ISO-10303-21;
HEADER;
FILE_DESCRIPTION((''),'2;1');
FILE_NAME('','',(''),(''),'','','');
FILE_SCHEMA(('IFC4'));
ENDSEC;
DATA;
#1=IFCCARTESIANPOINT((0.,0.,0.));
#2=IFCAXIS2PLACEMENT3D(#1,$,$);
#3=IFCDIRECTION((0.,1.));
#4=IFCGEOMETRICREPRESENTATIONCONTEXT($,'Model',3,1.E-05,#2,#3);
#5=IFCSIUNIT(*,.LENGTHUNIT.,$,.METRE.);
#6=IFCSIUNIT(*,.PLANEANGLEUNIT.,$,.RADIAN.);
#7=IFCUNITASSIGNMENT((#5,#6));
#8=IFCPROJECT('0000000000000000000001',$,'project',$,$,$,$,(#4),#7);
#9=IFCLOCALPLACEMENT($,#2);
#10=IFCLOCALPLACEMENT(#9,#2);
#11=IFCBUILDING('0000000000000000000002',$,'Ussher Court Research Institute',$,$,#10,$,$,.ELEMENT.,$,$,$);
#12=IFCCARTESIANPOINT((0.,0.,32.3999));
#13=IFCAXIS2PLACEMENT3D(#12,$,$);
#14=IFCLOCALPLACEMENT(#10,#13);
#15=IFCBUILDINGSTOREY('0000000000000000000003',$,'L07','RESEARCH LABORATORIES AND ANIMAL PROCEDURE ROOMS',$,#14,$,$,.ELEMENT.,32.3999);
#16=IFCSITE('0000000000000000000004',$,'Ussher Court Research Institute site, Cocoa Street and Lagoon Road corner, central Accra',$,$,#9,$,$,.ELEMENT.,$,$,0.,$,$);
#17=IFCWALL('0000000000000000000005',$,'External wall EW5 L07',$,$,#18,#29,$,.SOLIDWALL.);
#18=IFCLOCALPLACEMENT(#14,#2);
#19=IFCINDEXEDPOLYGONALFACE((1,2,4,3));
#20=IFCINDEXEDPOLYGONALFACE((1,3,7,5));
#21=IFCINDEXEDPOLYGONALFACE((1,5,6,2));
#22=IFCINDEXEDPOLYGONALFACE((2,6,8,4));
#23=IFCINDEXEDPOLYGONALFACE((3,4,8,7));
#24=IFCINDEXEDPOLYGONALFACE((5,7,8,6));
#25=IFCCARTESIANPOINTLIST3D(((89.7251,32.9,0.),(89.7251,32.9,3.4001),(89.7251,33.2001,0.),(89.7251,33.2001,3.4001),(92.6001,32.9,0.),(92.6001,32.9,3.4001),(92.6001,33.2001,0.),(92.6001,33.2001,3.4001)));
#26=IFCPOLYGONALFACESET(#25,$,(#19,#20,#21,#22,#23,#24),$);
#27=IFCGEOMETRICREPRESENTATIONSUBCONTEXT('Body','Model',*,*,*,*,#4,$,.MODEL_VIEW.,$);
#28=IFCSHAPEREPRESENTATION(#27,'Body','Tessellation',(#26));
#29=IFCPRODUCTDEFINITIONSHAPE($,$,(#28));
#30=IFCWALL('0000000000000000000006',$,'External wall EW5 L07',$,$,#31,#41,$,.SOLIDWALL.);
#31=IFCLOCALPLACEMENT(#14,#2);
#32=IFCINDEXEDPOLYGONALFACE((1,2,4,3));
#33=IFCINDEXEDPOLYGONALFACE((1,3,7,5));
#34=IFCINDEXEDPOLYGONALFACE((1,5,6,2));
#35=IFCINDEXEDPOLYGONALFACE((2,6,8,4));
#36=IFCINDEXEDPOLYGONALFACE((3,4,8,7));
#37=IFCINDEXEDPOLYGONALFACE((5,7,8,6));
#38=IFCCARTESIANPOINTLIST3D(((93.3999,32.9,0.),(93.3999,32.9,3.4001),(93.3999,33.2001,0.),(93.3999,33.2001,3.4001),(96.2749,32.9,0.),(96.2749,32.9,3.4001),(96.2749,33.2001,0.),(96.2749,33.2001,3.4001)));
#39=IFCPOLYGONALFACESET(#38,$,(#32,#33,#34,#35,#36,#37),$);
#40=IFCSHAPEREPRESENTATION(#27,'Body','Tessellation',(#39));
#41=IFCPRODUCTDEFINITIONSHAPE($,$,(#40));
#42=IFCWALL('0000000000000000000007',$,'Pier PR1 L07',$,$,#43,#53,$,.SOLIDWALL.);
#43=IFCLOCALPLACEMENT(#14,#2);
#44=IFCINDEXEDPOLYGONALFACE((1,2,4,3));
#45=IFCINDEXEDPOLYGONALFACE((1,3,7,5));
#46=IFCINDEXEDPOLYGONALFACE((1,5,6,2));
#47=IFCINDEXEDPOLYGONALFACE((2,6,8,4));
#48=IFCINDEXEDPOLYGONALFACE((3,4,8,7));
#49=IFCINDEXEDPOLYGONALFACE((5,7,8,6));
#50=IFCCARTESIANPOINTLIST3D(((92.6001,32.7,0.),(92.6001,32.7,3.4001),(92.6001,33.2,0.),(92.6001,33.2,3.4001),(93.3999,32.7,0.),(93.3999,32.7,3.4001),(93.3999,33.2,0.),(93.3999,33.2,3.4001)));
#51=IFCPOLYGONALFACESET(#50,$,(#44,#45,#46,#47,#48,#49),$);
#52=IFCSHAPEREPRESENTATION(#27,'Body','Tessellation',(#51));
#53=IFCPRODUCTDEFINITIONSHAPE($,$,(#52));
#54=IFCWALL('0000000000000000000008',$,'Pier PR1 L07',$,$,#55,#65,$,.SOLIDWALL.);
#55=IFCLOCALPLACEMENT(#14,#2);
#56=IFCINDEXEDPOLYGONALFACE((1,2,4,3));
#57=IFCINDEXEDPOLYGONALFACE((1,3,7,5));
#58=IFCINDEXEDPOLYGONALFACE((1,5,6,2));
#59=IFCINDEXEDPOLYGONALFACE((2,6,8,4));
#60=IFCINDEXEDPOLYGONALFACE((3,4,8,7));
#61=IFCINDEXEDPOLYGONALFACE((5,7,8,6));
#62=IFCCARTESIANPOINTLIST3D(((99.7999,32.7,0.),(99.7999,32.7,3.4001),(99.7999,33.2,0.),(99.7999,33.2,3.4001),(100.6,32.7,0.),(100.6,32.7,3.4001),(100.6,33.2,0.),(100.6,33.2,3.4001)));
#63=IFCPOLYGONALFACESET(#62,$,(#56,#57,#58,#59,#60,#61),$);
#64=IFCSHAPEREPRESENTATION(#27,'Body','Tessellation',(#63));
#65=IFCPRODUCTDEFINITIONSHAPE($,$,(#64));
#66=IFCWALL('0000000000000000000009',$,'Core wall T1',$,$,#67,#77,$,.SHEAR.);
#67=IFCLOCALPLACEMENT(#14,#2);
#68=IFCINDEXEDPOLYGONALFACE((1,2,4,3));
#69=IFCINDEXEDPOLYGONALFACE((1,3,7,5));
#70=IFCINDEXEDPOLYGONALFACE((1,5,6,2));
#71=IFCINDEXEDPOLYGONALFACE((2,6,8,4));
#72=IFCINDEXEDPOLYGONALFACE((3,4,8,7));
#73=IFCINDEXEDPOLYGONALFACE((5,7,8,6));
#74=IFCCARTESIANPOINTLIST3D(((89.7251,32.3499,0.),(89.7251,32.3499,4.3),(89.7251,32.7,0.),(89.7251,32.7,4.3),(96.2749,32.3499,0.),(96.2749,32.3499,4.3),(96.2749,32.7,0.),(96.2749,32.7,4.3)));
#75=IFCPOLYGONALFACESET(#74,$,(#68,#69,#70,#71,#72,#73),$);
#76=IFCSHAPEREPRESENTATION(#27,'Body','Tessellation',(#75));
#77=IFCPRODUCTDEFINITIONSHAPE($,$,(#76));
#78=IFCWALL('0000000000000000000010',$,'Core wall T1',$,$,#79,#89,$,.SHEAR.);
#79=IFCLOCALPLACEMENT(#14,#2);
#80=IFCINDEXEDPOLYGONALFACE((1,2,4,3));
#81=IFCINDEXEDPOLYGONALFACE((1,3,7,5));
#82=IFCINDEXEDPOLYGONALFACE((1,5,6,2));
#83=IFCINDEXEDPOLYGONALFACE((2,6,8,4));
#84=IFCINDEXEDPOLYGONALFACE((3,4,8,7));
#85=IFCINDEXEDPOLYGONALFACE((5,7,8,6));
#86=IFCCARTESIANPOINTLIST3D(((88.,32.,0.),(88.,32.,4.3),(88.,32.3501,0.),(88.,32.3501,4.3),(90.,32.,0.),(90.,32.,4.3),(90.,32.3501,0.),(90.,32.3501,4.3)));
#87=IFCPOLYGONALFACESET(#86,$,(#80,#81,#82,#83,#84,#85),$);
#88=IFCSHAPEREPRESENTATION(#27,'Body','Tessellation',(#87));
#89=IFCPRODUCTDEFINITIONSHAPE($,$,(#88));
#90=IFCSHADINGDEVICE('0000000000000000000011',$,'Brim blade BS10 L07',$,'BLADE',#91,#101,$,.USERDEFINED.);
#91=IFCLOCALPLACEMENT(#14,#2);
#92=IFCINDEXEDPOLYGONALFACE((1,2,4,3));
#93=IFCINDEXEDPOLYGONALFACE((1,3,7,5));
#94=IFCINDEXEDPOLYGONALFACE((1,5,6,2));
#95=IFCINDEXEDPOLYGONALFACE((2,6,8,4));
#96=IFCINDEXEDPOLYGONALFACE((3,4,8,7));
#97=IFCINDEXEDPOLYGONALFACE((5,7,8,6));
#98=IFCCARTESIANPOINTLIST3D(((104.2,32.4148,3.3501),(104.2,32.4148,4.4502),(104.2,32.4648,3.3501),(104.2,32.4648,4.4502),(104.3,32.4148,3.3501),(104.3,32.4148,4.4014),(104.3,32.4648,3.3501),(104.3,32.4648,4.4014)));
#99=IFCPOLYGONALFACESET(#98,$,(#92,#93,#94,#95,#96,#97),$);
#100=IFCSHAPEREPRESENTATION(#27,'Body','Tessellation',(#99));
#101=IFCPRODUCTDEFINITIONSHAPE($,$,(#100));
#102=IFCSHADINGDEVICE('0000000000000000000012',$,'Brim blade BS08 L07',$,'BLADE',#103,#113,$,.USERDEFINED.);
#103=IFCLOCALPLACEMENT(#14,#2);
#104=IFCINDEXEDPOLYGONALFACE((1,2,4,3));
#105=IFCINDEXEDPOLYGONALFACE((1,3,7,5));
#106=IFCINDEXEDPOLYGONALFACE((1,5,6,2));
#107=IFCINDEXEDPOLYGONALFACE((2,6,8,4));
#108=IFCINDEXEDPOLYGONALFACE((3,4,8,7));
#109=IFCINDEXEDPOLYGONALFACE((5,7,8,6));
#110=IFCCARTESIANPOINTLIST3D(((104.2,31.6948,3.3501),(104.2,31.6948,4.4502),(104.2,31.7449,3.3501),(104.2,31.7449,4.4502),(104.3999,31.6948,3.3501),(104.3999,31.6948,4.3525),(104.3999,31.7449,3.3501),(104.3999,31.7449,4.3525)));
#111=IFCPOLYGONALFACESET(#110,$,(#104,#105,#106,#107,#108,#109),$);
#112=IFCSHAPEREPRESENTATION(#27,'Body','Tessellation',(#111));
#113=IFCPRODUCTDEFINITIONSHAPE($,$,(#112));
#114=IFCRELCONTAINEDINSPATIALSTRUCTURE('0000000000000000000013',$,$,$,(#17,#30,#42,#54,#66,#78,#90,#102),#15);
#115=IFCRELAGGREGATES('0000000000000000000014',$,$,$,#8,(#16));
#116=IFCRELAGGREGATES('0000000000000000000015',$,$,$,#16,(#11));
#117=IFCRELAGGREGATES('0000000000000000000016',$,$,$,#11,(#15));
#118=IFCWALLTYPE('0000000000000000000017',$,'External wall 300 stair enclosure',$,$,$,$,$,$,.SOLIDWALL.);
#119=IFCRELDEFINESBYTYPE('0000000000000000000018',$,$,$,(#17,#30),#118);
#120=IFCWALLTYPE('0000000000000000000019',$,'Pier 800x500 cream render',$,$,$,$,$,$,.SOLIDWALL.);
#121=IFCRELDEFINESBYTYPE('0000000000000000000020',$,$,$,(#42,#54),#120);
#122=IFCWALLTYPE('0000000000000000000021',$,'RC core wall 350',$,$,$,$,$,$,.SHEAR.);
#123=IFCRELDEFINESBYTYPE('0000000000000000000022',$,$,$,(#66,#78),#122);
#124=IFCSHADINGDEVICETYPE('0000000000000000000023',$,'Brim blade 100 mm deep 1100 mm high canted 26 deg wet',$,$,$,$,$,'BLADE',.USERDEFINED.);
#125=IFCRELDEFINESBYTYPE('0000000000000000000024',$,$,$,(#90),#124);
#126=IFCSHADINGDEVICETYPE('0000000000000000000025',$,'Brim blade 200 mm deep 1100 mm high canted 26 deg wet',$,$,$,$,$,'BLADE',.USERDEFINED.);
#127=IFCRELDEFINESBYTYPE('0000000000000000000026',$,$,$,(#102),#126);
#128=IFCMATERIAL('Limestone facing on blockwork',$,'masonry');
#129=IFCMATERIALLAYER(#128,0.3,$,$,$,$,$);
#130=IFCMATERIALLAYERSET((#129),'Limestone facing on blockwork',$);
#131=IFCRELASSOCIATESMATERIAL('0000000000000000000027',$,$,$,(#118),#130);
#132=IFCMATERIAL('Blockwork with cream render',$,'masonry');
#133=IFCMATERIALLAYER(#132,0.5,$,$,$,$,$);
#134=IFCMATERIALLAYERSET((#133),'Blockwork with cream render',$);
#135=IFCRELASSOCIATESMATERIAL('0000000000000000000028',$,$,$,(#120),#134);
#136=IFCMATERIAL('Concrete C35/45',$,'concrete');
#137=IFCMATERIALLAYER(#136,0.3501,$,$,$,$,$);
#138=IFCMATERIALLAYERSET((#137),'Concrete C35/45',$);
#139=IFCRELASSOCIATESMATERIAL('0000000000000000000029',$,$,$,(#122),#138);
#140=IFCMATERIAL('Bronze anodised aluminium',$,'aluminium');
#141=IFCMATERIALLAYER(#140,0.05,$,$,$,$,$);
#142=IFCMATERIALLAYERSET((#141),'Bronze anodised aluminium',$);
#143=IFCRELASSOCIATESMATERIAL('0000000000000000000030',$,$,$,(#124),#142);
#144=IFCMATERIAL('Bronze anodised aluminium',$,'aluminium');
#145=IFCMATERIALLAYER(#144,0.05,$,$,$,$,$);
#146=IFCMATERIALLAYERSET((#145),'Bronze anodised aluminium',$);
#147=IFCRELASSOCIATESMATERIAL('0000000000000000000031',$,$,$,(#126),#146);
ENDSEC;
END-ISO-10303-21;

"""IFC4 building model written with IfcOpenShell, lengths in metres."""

from ifc_helpers import new_model, si_unit, direction, frame, frame_2d, origin, place, context, subcontext, project, spatial, polyline, rectangle, outline, extrude, material, layer, layer_set, type_object, element, save


model = new_model("IFC4")

# Units and contexts
model_context = context("Model", 3, precision=1e-05, world=origin(), true_north=direction((0.0, 1.0)))
body_context = subcontext(model_context, "Body", "Model", "MODEL_VIEW")
ifc_project = project(units=[si_unit("LENGTHUNIT", "METRE"), si_unit("PLANEANGLEUNIT", "RADIAN")], contexts=[model_context])

# Site, building, storey
site_placement = place(None, origin())
site = spatial("IfcSite", under=ifc_project, at=site_placement, Name="Ussher Court Research Institute site, Cocoa Street and Lagoon Road corner, central Accra", CompositionType="ELEMENT", RefElevation=0.0)
building_placement = place(site_placement, origin())
building = spatial("IfcBuilding", under=site, at=building_placement, Name="Ussher Court Research Institute", CompositionType="ELEMENT")
storey_placement = place(building_placement, frame((0.0, 0.0, 32.3999)))
storey = spatial("IfcBuildingStorey", under=building, at=storey_placement, Name="L07", Description="RESEARCH LABORATORIES AND ANIMAL PROCEDURE ROOMS", CompositionType="ELEMENT", Elevation=32.3999)

# Walls
ifc_material_1 = material(Name="Limestone facing on blockwork", Category="masonry")
ifc_layer_1 = layer(ifc_material_1, 0.3)
ifc_layer_set_1 = layer_set([ifc_layer_1], Name="Limestone facing on blockwork")
wall_type_1 = type_object("IfcWallType", Name="External wall 300 stair enclosure", PredefinedType="SOLIDWALL", material=ifc_layer_set_1)
for number, where, z_axis, x_axis, name in (
    (1, (89.7251, 33.05, 0.0), (0.0, 0.0, 1.0), (1.0, 0.0, 0.0), "External wall EW5 L07"),
    (2, (93.3999, 33.05, 0.0), (0.0, 0.0, 1.0), (1.0, 0.0, 0.0), "External wall EW5 L07"),
):
    element("IfcWall", number, at=place(storey_placement, frame(where, z_axis=z_axis, x_axis=x_axis)), inside=storey, type_object=wall_type_1, Name=name, PredefinedType="SOLIDWALL", context=body_context, shape_type="SweptSolid", body=[
        extrude(rectangle(XDim=2.875, YDim=0.3, at=frame_2d((1.4375, 0.0))), origin(), (0.0, 0.0, 1.0), 3.4001),
    ])
ifc_material_2 = material(Name="Blockwork with cream render", Category="masonry")
ifc_layer_2 = layer(ifc_material_2, 0.5)
ifc_layer_set_2 = layer_set([ifc_layer_2], Name="Blockwork with cream render")
wall_type_2 = type_object("IfcWallType", Name="Pier 800x500 cream render", PredefinedType="SOLIDWALL", material=ifc_layer_set_2)
wall_1_placement = place(storey_placement, frame((92.6001, 32.95, 0.0), z_axis=(0.0, 0.0, 1.0), x_axis=(1.0, 0.0, 0.0)))
element("IfcWall", 3, at=wall_1_placement, inside=storey, type_object=wall_type_2, Name="Pier PR1 L07", PredefinedType="SOLIDWALL", context=body_context, shape_type="SweptSolid", body=[
    extrude(rectangle(XDim=0.7998, YDim=0.5, at=frame_2d((0.3999, 0.0))), origin(), (0.0, 0.0, 1.0), 3.4001),
])
wall_2_placement = place(storey_placement, frame((99.8, 32.95, 0.0), z_axis=(0.0, 0.0, 1.0), x_axis=(1.0, 0.0, 0.0)))
element("IfcWall", 4, at=wall_2_placement, inside=storey, type_object=wall_type_2, Name="Pier PR1 L07", PredefinedType="SOLIDWALL", context=body_context, shape_type="SweptSolid", body=[
    extrude(rectangle(XDim=0.8, YDim=0.5, at=frame_2d((0.3999, 0.0))), origin(), (0.0, 0.0, 1.0), 3.4001),
])
ifc_material_3 = material(Name="Concrete C35/45", Category="concrete")
ifc_layer_3 = layer(ifc_material_3, 0.3501)
ifc_layer_set_3 = layer_set([ifc_layer_3], Name="Concrete C35/45")
wall_type_3 = type_object("IfcWallType", Name="RC core wall 350", PredefinedType="SHEAR", material=ifc_layer_set_3)
wall_3_placement = place(storey_placement, frame((89.7251, 32.5249, 0.0), z_axis=(0.0, 0.0, 1.0), x_axis=(1.0, 0.0, 0.0)))
element("IfcWall", 5, at=wall_3_placement, inside=storey, type_object=wall_type_3, Name="Core wall T1", PredefinedType="SHEAR", context=body_context, shape_type="SweptSolid", body=[
    extrude(rectangle(XDim=6.5498, YDim=0.3501, at=frame_2d((3.2749, 0.0))), origin(), (0.0, 0.0, 1.0), 4.3),
])
wall_4_placement = place(storey_placement, frame((88.0, 32.175, 0.0), z_axis=(0.0, 0.0, 1.0), x_axis=(1.0, 0.0, 0.0)))
element("IfcWall", 6, at=wall_4_placement, inside=storey, type_object=wall_type_3, Name="Core wall T1", PredefinedType="SHEAR", context=body_context, shape_type="SweptSolid", body=[
    extrude(rectangle(XDim=2.0, YDim=0.3501, at=frame_2d((1.0, 0.0))), origin(), (0.0, 0.0, 1.0), 4.3),
])

# Shading devices
ifc_material_4 = material(Name="Bronze anodised aluminium", Category="aluminium")
ifc_layer_4 = layer(ifc_material_4, 0.05)
ifc_layer_set_4 = layer_set([ifc_layer_4], Name="Bronze anodised aluminium")
shading_device_type_1 = type_object("IfcShadingDeviceType", Name="Brim blade 100 mm deep 1100 mm high canted 26 deg wet", ElementType="BLADE", PredefinedType="USERDEFINED", material=ifc_layer_set_4)
shading_device_1_placement = place(storey_placement, frame((104.2, 32.4399, 3.3501), z_axis=(0.0, 0.0, 1.0), x_axis=(1.0, 0.0, 0.0)))
element("IfcShadingDevice", 7, at=shading_device_1_placement, inside=storey, type_object=shading_device_type_1, Name="Brim blade BS10 L07", ObjectType="BLADE", PredefinedType="USERDEFINED", context=body_context, shape_type="SweptSolid", body=[
    extrude(outline(polyline([(0.0, 0.0), (0.1001, 0.0), (0.1001, 1.0513), (0.0, 1.1001), (0.0, 0.0)])), frame((0.0, 0.0249, 0.0), z_axis=(0.0, -1.0, 0.0), x_axis=(1.0, 0.0, 0.0)), (0.0, 0.0, 1.0), 0.05),
])
ifc_material_5 = material(Name="Bronze anodised aluminium", Category="aluminium")
ifc_layer_5 = layer(ifc_material_5, 0.05)
ifc_layer_set_5 = layer_set([ifc_layer_5], Name="Bronze anodised aluminium")
shading_device_type_2 = type_object("IfcShadingDeviceType", Name="Brim blade 200 mm deep 1100 mm high canted 26 deg wet", ElementType="BLADE", PredefinedType="USERDEFINED", material=ifc_layer_set_5)
shading_device_2_placement = place(storey_placement, frame((104.2, 31.72, 3.3501), z_axis=(0.0, 0.0, 1.0), x_axis=(1.0, 0.0, 0.0)))
element("IfcShadingDevice", 8, at=shading_device_2_placement, inside=storey, type_object=shading_device_type_2, Name="Brim blade BS08 L07", ObjectType="BLADE", PredefinedType="USERDEFINED", context=body_context, shape_type="SweptSolid", body=[
    extrude(outline(polyline([(0.0, 0.0), (0.2, 0.0), (0.2, 1.0024), (0.0, 1.1001), (0.0, 0.0)])), frame((0.0, 0.0249, 0.0), z_axis=(0.0, -1.0, 0.0), x_axis=(1.0, 0.0, 0.0)), (0.0, 0.0, 1.0), 0.05),
])

save(model, "model.ifc")
